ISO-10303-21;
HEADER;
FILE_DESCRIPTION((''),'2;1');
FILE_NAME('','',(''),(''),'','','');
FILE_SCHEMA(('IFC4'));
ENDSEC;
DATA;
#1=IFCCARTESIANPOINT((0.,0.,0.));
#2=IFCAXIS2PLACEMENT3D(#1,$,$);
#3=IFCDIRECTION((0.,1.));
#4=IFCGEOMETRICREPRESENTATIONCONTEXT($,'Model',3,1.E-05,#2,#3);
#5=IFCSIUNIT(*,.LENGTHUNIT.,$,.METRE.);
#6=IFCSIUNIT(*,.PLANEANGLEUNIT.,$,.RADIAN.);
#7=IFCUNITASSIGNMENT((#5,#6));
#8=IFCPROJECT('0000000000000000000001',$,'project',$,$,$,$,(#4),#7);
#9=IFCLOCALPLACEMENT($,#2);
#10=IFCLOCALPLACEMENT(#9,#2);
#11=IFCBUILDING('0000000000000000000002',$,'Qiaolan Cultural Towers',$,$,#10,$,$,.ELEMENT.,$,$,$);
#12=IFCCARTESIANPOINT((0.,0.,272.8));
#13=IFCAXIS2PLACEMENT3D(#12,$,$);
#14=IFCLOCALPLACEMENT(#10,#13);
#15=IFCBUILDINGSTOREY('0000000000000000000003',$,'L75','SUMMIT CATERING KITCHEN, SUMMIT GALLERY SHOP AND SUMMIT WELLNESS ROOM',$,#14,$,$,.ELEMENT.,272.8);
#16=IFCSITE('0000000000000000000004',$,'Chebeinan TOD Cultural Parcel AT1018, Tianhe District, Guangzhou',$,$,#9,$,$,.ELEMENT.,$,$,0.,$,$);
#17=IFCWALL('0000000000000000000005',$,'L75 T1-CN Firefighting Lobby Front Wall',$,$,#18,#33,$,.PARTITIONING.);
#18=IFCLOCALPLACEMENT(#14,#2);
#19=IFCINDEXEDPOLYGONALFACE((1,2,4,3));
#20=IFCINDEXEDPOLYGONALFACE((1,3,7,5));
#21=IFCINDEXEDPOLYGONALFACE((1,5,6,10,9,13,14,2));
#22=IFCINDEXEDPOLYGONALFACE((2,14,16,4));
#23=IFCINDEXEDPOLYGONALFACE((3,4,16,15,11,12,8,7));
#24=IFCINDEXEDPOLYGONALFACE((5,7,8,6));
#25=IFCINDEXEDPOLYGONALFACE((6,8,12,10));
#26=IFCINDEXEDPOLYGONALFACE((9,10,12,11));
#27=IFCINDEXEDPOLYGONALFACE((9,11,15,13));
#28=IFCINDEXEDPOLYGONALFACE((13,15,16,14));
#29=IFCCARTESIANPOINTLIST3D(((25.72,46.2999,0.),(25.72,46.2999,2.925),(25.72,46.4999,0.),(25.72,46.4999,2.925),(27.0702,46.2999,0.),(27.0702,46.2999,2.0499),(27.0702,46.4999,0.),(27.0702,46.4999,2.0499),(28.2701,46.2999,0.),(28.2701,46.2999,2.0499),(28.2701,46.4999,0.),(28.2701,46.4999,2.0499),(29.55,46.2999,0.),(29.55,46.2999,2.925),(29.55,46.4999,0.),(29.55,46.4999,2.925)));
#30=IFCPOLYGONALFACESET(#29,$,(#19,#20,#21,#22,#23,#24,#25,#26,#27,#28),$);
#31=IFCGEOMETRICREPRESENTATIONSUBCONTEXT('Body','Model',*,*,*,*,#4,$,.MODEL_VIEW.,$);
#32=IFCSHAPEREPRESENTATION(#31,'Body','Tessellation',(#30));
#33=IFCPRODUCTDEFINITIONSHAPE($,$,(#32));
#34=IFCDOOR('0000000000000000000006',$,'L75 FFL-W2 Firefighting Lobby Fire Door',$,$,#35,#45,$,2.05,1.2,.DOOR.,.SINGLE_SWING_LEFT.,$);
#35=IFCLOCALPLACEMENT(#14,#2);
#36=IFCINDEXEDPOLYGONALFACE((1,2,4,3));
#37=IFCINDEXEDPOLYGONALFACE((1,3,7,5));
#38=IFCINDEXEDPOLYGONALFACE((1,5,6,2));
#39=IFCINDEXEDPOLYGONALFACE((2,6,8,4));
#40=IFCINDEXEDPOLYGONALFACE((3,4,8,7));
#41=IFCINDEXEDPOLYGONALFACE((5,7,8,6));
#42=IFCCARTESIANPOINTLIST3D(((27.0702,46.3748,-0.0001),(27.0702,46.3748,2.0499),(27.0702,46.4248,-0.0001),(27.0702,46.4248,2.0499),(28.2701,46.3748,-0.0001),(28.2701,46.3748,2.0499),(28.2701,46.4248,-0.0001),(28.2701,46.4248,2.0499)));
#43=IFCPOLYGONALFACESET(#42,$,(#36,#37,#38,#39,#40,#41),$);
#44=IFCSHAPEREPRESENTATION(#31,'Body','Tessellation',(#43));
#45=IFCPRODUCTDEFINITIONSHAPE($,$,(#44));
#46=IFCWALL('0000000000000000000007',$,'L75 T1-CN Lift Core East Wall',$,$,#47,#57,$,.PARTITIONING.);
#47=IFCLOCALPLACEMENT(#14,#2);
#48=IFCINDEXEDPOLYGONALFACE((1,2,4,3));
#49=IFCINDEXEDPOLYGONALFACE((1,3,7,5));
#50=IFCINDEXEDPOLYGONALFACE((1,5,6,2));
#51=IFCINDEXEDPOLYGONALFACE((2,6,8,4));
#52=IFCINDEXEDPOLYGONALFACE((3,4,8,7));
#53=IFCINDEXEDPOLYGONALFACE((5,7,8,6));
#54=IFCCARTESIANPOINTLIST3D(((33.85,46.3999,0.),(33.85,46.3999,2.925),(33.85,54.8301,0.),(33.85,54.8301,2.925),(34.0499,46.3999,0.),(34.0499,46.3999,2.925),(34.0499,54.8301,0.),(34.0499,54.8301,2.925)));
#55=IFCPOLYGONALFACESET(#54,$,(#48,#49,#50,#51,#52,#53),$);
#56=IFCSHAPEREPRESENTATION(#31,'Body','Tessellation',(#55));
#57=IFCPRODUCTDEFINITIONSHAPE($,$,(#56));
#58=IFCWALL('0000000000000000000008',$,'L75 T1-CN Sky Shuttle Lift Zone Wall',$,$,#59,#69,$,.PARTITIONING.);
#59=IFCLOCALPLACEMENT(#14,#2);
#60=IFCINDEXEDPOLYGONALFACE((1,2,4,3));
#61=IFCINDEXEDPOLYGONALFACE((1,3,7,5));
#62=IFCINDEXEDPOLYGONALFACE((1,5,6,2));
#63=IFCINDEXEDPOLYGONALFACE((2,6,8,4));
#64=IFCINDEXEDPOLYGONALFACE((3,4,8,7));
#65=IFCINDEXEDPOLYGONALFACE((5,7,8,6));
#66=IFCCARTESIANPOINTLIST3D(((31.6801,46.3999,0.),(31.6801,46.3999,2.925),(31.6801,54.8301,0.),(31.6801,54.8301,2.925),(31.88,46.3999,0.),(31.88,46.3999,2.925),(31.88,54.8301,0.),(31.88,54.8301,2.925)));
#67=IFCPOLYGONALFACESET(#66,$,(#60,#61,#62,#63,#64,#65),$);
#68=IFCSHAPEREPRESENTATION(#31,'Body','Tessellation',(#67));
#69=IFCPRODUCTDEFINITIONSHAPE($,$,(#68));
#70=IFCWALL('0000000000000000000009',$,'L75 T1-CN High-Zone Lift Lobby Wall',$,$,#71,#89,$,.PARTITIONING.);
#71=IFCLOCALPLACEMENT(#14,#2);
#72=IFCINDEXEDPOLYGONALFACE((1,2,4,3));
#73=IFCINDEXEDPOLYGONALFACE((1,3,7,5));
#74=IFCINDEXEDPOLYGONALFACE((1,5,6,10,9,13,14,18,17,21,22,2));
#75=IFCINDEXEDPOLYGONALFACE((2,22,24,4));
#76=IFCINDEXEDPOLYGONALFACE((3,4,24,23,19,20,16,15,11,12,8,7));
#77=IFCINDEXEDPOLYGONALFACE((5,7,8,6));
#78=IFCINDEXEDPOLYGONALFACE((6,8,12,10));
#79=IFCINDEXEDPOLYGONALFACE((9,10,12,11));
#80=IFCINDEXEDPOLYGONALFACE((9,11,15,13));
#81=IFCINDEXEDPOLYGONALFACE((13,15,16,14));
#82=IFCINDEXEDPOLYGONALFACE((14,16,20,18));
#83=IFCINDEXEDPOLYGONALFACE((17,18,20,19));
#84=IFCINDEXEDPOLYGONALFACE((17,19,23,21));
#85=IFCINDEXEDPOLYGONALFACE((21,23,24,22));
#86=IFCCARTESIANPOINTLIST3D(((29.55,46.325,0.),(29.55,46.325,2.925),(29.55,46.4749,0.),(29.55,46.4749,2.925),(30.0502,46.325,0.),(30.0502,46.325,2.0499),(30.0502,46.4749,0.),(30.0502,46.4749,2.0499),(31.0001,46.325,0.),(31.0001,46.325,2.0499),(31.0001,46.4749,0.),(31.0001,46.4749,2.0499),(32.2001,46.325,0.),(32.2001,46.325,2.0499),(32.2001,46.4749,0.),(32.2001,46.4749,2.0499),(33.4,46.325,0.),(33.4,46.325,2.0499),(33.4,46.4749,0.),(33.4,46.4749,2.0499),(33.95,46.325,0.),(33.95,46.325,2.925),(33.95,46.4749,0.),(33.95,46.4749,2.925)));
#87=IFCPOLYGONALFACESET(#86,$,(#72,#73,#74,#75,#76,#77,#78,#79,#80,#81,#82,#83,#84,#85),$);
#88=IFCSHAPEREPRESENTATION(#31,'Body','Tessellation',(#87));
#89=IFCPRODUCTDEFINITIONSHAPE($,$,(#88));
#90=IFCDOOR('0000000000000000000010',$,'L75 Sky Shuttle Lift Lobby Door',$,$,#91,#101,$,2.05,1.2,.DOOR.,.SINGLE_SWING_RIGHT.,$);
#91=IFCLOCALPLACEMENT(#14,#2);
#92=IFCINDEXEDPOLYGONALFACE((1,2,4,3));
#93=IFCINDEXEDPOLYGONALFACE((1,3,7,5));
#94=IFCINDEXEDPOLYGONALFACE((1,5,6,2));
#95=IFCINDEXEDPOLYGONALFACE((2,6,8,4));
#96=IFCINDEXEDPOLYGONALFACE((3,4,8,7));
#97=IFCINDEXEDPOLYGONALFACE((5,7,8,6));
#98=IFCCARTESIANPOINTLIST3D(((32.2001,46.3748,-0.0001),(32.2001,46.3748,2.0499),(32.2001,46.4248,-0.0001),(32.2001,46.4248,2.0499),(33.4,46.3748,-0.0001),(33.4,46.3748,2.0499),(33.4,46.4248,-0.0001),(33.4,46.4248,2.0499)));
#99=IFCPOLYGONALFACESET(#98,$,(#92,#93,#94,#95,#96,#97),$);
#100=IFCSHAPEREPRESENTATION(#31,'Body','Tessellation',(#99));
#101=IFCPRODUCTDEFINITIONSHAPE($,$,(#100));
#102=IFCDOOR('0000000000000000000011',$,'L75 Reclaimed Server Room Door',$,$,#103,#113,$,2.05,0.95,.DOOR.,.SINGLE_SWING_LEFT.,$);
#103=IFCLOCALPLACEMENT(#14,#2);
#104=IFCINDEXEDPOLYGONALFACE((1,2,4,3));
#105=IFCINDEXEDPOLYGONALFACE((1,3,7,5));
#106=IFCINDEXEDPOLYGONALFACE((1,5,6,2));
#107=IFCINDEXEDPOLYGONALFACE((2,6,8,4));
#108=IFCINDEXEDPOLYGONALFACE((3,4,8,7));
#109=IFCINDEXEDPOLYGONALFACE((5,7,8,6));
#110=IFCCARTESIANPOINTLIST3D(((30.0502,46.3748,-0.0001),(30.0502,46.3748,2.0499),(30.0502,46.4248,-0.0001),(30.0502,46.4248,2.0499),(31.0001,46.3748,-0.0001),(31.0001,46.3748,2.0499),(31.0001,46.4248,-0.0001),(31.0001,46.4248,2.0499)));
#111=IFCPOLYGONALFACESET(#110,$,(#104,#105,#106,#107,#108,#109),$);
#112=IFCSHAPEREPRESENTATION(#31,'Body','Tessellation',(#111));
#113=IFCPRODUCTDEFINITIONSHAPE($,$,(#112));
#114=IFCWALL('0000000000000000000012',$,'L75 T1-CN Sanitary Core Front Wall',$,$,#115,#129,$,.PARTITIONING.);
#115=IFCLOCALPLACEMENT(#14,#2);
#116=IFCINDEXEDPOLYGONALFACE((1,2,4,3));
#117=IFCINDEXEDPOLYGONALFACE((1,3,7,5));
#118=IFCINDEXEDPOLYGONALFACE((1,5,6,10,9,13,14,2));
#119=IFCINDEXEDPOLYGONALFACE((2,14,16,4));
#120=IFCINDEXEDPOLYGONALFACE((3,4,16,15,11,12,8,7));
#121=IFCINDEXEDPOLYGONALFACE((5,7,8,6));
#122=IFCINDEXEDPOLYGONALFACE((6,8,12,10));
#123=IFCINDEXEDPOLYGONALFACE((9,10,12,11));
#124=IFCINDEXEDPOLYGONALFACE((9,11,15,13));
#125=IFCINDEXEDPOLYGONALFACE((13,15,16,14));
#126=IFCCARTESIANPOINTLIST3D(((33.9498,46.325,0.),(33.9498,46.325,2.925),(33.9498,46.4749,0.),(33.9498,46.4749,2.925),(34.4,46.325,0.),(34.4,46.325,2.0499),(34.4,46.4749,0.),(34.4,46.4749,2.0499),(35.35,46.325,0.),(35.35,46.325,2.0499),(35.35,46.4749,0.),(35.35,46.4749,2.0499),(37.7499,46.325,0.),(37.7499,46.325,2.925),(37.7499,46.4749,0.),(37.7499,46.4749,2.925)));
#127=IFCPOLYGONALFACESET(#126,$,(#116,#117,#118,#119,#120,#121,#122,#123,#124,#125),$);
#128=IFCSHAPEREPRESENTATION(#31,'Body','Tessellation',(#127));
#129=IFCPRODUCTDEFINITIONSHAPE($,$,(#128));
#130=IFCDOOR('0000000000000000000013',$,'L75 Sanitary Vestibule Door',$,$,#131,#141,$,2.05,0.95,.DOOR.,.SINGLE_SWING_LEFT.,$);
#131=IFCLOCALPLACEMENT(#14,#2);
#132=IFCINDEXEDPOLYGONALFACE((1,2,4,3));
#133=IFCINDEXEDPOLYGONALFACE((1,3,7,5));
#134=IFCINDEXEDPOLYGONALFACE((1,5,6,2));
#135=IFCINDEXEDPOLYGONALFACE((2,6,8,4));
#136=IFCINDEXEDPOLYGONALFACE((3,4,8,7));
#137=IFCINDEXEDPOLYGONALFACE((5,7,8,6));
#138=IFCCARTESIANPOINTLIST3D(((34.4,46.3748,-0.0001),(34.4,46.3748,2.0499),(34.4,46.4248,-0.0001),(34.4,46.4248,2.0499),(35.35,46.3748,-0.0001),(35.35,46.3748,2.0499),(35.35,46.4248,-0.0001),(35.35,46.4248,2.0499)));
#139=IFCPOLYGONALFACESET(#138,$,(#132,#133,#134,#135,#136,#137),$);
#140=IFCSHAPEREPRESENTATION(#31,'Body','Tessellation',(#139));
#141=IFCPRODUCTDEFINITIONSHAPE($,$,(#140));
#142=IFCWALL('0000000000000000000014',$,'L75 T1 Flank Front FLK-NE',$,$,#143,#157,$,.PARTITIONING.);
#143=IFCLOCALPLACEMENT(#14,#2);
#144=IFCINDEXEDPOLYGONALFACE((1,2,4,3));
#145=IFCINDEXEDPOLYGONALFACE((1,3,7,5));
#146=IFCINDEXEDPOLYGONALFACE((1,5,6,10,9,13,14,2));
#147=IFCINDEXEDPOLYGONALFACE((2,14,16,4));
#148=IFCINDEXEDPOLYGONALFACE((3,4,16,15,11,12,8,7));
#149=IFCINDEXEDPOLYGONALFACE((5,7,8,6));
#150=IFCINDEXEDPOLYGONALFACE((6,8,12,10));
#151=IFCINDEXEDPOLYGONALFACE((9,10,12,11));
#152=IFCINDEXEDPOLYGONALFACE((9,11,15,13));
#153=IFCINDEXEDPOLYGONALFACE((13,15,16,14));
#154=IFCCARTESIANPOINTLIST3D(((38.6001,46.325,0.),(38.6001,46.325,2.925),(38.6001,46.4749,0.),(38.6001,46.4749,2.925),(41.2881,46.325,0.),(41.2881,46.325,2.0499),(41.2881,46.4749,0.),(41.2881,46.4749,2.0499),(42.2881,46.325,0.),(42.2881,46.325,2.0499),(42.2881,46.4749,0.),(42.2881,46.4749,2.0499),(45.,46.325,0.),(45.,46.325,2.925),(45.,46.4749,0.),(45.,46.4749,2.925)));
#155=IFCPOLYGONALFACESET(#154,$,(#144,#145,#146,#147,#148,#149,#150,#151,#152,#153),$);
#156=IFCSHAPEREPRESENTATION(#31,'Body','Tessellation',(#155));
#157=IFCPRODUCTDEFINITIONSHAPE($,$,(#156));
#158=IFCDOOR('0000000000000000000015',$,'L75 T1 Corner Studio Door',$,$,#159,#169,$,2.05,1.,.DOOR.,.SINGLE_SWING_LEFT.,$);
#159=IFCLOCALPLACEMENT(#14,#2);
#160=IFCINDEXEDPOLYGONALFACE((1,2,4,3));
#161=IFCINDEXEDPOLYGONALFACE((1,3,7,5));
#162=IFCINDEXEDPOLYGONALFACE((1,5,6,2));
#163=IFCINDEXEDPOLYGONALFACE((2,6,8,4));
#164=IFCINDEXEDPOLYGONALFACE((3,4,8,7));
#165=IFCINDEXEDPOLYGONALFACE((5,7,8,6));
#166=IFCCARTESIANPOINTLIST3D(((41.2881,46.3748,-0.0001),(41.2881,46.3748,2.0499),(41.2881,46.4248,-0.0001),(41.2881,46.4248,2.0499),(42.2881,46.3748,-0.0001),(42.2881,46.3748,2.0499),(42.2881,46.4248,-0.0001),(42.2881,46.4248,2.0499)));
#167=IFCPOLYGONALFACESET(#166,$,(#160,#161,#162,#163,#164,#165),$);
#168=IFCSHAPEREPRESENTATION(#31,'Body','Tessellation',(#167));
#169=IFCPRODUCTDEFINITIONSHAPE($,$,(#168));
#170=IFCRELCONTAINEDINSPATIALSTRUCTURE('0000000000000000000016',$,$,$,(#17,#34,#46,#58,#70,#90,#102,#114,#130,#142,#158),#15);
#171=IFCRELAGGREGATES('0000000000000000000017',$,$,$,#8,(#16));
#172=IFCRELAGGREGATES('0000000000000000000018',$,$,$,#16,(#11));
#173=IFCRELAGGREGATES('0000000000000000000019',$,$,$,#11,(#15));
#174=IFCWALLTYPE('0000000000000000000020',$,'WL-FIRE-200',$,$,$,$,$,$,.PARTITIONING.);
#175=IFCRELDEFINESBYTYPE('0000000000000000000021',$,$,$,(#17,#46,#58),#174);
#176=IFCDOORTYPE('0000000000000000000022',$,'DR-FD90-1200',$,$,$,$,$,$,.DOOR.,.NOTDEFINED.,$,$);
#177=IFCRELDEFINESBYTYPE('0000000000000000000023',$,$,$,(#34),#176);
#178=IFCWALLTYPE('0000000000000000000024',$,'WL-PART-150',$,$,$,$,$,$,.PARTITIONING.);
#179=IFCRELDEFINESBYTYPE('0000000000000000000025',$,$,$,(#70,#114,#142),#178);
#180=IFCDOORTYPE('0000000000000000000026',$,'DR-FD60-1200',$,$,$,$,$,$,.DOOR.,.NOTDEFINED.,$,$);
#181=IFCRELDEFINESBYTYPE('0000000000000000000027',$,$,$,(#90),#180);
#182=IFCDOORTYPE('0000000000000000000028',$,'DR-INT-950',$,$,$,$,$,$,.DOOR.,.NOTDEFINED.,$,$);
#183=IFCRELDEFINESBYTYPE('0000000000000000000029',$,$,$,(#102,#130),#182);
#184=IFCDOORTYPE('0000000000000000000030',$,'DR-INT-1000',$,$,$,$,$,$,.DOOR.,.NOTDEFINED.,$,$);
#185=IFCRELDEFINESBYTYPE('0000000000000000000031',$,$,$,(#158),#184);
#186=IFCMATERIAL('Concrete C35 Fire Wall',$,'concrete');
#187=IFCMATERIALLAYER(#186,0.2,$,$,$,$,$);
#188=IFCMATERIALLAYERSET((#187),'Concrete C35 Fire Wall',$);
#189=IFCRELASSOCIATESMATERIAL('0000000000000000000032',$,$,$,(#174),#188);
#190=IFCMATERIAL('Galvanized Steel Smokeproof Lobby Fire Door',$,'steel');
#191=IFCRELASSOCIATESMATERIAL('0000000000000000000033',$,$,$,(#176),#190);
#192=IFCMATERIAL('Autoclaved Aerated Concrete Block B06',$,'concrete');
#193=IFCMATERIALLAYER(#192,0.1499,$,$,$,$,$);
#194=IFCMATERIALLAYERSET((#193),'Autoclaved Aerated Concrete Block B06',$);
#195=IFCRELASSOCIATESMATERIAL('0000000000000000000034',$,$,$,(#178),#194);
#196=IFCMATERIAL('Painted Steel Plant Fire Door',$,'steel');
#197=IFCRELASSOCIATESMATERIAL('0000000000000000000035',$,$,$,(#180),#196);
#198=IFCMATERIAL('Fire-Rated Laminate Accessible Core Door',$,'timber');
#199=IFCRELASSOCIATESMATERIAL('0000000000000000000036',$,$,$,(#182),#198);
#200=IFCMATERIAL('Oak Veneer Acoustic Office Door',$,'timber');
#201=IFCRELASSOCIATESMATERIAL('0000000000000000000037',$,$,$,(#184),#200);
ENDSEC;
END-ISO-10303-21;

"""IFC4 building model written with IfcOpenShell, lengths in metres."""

from ifc_helpers import new_model, si_unit, direction, frame, frame_2d, origin, place, context, subcontext, project, spatial, rectangle, extrude, material, layer, layer_set, type_object, element, fill, save


model = new_model("IFC4")

# Units and contexts
model_context = context("Model", 3, precision=1e-05, world=origin(), true_north=direction((0.0, 1.0)))
body_context = subcontext(model_context, "Body", "Model", "MODEL_VIEW")
ifc_project = project(units=[si_unit("LENGTHUNIT", "METRE"), si_unit("PLANEANGLEUNIT", "RADIAN")], contexts=[model_context])

# Site, building, storey
site_placement = place(None, origin())
site = spatial("IfcSite", under=ifc_project, at=site_placement, Name="Chebeinan TOD Cultural Parcel AT1018, Tianhe District, Guangzhou", CompositionType="ELEMENT", RefElevation=0.0)
building_placement = place(site_placement, origin())
building = spatial("IfcBuilding", under=site, at=building_placement, Name="Qiaolan Cultural Towers", CompositionType="ELEMENT")
storey_placement = place(building_placement, frame((0.0, 0.0, 272.8)))
storey = spatial("IfcBuildingStorey", under=building, at=storey_placement, Name="L75", Description="SUMMIT CATERING KITCHEN, SUMMIT GALLERY SHOP AND SUMMIT WELLNESS ROOM", CompositionType="ELEMENT", Elevation=272.8)

# Shared definitions
ifc_material_1 = material(Name="Concrete C35 Fire Wall", Category="concrete")
ifc_layer_1 = layer(ifc_material_1, 0.2)
ifc_layer_set_1 = layer_set([ifc_layer_1], Name="Concrete C35 Fire Wall")
wall_type_1 = type_object("IfcWallType", Name="WL-FIRE-200", PredefinedType="PARTITIONING", material=ifc_layer_set_1)

# Wall, opening, door
wall_1_placement = place(storey_placement, frame((25.72, 46.3999, 0.0), z_axis=(0.0, 0.0, 1.0), x_axis=(1.0, 0.0, 0.0)))
wall_1 = element("IfcWall", 1, at=wall_1_placement, inside=storey, type_object=wall_type_1, Name="L75 T1-CN Firefighting Lobby Front Wall", PredefinedType="PARTITIONING", context=body_context, shape_type="SweptSolid", body=[
    extrude(rectangle(XDim=3.8301, YDim=0.2, at=frame_2d((1.915, 0.0))), origin(), (0.0, 0.0, 1.0), 2.925),
])
opening_1_placement = place(wall_1_placement, frame((1.3501, 0.0, 0.0)))
opening_1 = element("IfcOpeningElement", 2, at=opening_1_placement, cuts=wall_1, PredefinedType="OPENING", context=body_context, shape_type="SweptSolid", body=[
    extrude(rectangle(XDim=1.2, YDim=2.05, at=frame_2d((0.6001, 1.0249))), frame((0.0, 0.1099, 0.0), z_axis=(0.0, -1.0, 0.0), x_axis=(1.0, 0.0, 0.0)), (0.0, 0.0, 1.0), 0.22),
])
ifc_material_2 = material(Name="Galvanized Steel Smokeproof Lobby Fire Door", Category="steel")
door_type_1 = type_object("IfcDoorType", Name="DR-FD90-1200", OperationType="NOTDEFINED", PredefinedType="DOOR", material=ifc_material_2)
door_1_placement = place(opening_1_placement, origin())
door_1 = element("IfcDoor", 3, at=door_1_placement, inside=storey, type_object=door_type_1, Name="L75 FFL-W2 Firefighting Lobby Fire Door", OperationType="SINGLE_SWING_LEFT", OverallHeight=2.05, OverallWidth=1.2, PredefinedType="DOOR", context=body_context, shape_type="SweptSolid", body=[
    extrude(rectangle(XDim=1.2, YDim=2.05, at=frame_2d((0.6001, 1.0249))), frame((0.0, 0.0249, 0.0), z_axis=(0.0, -1.0, 0.0), x_axis=(1.0, 0.0, 0.0)), (0.0, 0.0, 1.0), 0.05),
])
fill(opening_1, door_1)

# Walls
for number, where, z_axis, x_axis, name in (
    (4, (33.95, 46.3999, 0.0), (0.0, 0.0, 1.0), (0.0, 1.0, 0.0), "L75 T1-CN Lift Core East Wall"),
    (5, (31.78, 46.3999, 0.0), (0.0, 0.0, 1.0), (0.0, 1.0, 0.0), "L75 T1-CN Sky Shuttle Lift Zone Wall"),
):
    element("IfcWall", number, at=place(storey_placement, frame(where, z_axis=z_axis, x_axis=x_axis)), inside=storey, type_object=wall_type_1, Name=name, PredefinedType="PARTITIONING", context=body_context, shape_type="SweptSolid", body=[
        extrude(rectangle(XDim=8.4302, YDim=0.2, at=frame_2d((4.2151, 0.0))), origin(), (0.0, 0.0, 1.0), 2.925),
    ])

# Wall, openings, doors
ifc_material_3 = material(Name="Autoclaved Aerated Concrete Block B06", Category="concrete")
ifc_layer_2 = layer(ifc_material_3, 0.1499)
ifc_layer_set_2 = layer_set([ifc_layer_2], Name="Autoclaved Aerated Concrete Block B06")
wall_type_2 = type_object("IfcWallType", Name="WL-PART-150", PredefinedType="PARTITIONING", material=ifc_layer_set_2)
wall_2_placement = place(storey_placement, frame((29.55, 46.3999, 0.0), z_axis=(0.0, 0.0, 1.0), x_axis=(1.0, 0.0, 0.0)))
wall_2 = element("IfcWall", 6, at=wall_2_placement, inside=storey, type_object=wall_type_2, Name="L75 T1-CN High-Zone Lift Lobby Wall", PredefinedType="PARTITIONING", context=body_context, shape_type="SweptSolid", body=[
    extrude(rectangle(XDim=4.3999, YDim=0.1499, at=frame_2d((2.2, 0.0))), origin(), (0.0, 0.0, 1.0), 2.925),
])
opening_2_placement = place(wall_2_placement, frame((0.5, 0.0, 0.0)))
opening_2 = element("IfcOpeningElement", 7, at=opening_2_placement, cuts=wall_2, PredefinedType="OPENING", context=body_context, shape_type="SweptSolid", body=[
    extrude(rectangle(XDim=0.95, YDim=2.05, at=frame_2d((0.4751, 1.0249))), frame((0.0, 0.085, 0.0), z_axis=(0.0, -1.0, 0.0), x_axis=(1.0, 0.0, 0.0)), (0.0, 0.0, 1.0), 0.1699),
])
opening_3_placement = place(wall_2_placement, frame((2.6499, 0.0, 0.0)))
opening_3 = element("IfcOpeningElement", 8, at=opening_3_placement, cuts=wall_2, PredefinedType="OPENING", context=body_context, shape_type="SweptSolid", body=[
    extrude(rectangle(XDim=1.2, YDim=2.05, at=frame_2d((0.6001, 1.0249))), frame((0.0, 0.085, 0.0), z_axis=(0.0, -1.0, 0.0), x_axis=(1.0, 0.0, 0.0)), (0.0, 0.0, 1.0), 0.1699),
])
ifc_material_4 = material(Name="Painted Steel Plant Fire Door", Category="steel")
door_type_2 = type_object("IfcDoorType", Name="DR-FD60-1200", OperationType="NOTDEFINED", PredefinedType="DOOR", material=ifc_material_4)
door_2_placement = place(opening_3_placement, origin())
door_2 = element("IfcDoor", 9, at=door_2_placement, inside=storey, type_object=door_type_2, Name="L75 Sky Shuttle Lift Lobby Door", OperationType="SINGLE_SWING_RIGHT", OverallHeight=2.05, OverallWidth=1.2, PredefinedType="DOOR", context=body_context, shape_type="SweptSolid", body=[
    extrude(rectangle(XDim=1.2, YDim=2.05, at=frame_2d((0.6001, 1.0249))), frame((0.0, 0.0249, 0.0), z_axis=(0.0, -1.0, 0.0), x_axis=(1.0, 0.0, 0.0)), (0.0, 0.0, 1.0), 0.05),
])
fill(opening_3, door_2)
ifc_material_5 = material(Name="Fire-Rated Laminate Accessible Core Door", Category="timber")
door_type_3 = type_object("IfcDoorType", Name="DR-INT-950", OperationType="NOTDEFINED", PredefinedType="DOOR", material=ifc_material_5)
door_3_placement = place(opening_2_placement, origin())
door_3 = element("IfcDoor", 10, at=door_3_placement, inside=storey, type_object=door_type_3, Name="L75 Reclaimed Server Room Door", OperationType="SINGLE_SWING_LEFT", OverallHeight=2.05, OverallWidth=0.95, PredefinedType="DOOR", context=body_context, shape_type="SweptSolid", body=[
    extrude(rectangle(XDim=0.95, YDim=2.05, at=frame_2d((0.4751, 1.0249))), frame((0.0, 0.0249, 0.0), z_axis=(0.0, -1.0, 0.0), x_axis=(1.0, 0.0, 0.0)), (0.0, 0.0, 1.0), 0.05),
])
fill(opening_2, door_3)

# Walls, openings, doors
wall_3_placement = place(storey_placement, frame((33.95, 46.3999, 0.0), z_axis=(0.0, 0.0, 1.0), x_axis=(1.0, 0.0, 0.0)))
wall_3 = element("IfcWall", 11, at=wall_3_placement, inside=storey, type_object=wall_type_2, Name="L75 T1-CN Sanitary Core Front Wall", PredefinedType="PARTITIONING", context=body_context, shape_type="SweptSolid", body=[
    extrude(rectangle(XDim=3.8, YDim=0.1499, at=frame_2d((1.8999, 0.0))), origin(), (0.0, 0.0, 1.0), 2.925),
])
opening_4_placement = place(wall_3_placement, frame((0.45, 0.0, 0.0)))
opening_4 = element("IfcOpeningElement", 12, at=opening_4_placement, cuts=wall_3, PredefinedType="OPENING", context=body_context, shape_type="SweptSolid", body=[
    extrude(rectangle(XDim=0.95, YDim=2.05, at=frame_2d((0.4751, 1.0249))), frame((0.0, 0.085, 0.0), z_axis=(0.0, -1.0, 0.0), x_axis=(1.0, 0.0, 0.0)), (0.0, 0.0, 1.0), 0.1699),
])
door_4_placement = place(opening_4_placement, origin())
door_4 = element("IfcDoor", 13, at=door_4_placement, inside=storey, type_object=door_type_3, Name="L75 Sanitary Vestibule Door", OperationType="SINGLE_SWING_LEFT", OverallHeight=2.05, OverallWidth=0.95, PredefinedType="DOOR", context=body_context, shape_type="SweptSolid", body=[
    extrude(rectangle(XDim=0.95, YDim=2.05, at=frame_2d((0.4751, 1.0249))), frame((0.0, 0.0249, 0.0), z_axis=(0.0, -1.0, 0.0), x_axis=(1.0, 0.0, 0.0)), (0.0, 0.0, 1.0), 0.05),
])
fill(opening_4, door_4)
wall_4_placement = place(storey_placement, frame((38.6001, 46.3999, 0.0), z_axis=(0.0, 0.0, 1.0), x_axis=(1.0, 0.0, 0.0)))
wall_4 = element("IfcWall", 14, at=wall_4_placement, inside=storey, type_object=wall_type_2, Name="L75 T1 Flank Front FLK-NE", PredefinedType="PARTITIONING", context=body_context, shape_type="SweptSolid", body=[
    extrude(rectangle(XDim=6.3999, YDim=0.1499, at=frame_2d((3.2, 0.0))), origin(), (0.0, 0.0, 1.0), 2.925),
])
opening_5_placement = place(wall_4_placement, frame((2.688, 0.0, 0.0)))
opening_5 = element("IfcOpeningElement", 15, at=opening_5_placement, cuts=wall_4, PredefinedType="OPENING", context=body_context, shape_type="SweptSolid", body=[
    extrude(rectangle(XDim=1.0, YDim=2.05, at=frame_2d((0.5, 1.0249))), frame((0.0, 0.085, 0.0), z_axis=(0.0, -1.0, 0.0), x_axis=(1.0, 0.0, 0.0)), (0.0, 0.0, 1.0), 0.1699),
])
ifc_material_6 = material(Name="Oak Veneer Acoustic Office Door", Category="timber")
door_type_4 = type_object("IfcDoorType", Name="DR-INT-1000", OperationType="NOTDEFINED", PredefinedType="DOOR", material=ifc_material_6)
door_5_placement = place(opening_5_placement, origin())
door_5 = element("IfcDoor", 16, at=door_5_placement, inside=storey, type_object=door_type_4, Name="L75 T1 Corner Studio Door", OperationType="SINGLE_SWING_LEFT", OverallHeight=2.05, OverallWidth=1.0, PredefinedType="DOOR", context=body_context, shape_type="SweptSolid", body=[
    extrude(rectangle(XDim=1.0, YDim=2.05, at=frame_2d((0.5, 1.0249))), frame((0.0, 0.0249, 0.0), z_axis=(0.0, -1.0, 0.0), x_axis=(1.0, 0.0, 0.0)), (0.0, 0.0, 1.0), 0.05),
])
fill(opening_5, door_5)

save(model, "model.ifc")
